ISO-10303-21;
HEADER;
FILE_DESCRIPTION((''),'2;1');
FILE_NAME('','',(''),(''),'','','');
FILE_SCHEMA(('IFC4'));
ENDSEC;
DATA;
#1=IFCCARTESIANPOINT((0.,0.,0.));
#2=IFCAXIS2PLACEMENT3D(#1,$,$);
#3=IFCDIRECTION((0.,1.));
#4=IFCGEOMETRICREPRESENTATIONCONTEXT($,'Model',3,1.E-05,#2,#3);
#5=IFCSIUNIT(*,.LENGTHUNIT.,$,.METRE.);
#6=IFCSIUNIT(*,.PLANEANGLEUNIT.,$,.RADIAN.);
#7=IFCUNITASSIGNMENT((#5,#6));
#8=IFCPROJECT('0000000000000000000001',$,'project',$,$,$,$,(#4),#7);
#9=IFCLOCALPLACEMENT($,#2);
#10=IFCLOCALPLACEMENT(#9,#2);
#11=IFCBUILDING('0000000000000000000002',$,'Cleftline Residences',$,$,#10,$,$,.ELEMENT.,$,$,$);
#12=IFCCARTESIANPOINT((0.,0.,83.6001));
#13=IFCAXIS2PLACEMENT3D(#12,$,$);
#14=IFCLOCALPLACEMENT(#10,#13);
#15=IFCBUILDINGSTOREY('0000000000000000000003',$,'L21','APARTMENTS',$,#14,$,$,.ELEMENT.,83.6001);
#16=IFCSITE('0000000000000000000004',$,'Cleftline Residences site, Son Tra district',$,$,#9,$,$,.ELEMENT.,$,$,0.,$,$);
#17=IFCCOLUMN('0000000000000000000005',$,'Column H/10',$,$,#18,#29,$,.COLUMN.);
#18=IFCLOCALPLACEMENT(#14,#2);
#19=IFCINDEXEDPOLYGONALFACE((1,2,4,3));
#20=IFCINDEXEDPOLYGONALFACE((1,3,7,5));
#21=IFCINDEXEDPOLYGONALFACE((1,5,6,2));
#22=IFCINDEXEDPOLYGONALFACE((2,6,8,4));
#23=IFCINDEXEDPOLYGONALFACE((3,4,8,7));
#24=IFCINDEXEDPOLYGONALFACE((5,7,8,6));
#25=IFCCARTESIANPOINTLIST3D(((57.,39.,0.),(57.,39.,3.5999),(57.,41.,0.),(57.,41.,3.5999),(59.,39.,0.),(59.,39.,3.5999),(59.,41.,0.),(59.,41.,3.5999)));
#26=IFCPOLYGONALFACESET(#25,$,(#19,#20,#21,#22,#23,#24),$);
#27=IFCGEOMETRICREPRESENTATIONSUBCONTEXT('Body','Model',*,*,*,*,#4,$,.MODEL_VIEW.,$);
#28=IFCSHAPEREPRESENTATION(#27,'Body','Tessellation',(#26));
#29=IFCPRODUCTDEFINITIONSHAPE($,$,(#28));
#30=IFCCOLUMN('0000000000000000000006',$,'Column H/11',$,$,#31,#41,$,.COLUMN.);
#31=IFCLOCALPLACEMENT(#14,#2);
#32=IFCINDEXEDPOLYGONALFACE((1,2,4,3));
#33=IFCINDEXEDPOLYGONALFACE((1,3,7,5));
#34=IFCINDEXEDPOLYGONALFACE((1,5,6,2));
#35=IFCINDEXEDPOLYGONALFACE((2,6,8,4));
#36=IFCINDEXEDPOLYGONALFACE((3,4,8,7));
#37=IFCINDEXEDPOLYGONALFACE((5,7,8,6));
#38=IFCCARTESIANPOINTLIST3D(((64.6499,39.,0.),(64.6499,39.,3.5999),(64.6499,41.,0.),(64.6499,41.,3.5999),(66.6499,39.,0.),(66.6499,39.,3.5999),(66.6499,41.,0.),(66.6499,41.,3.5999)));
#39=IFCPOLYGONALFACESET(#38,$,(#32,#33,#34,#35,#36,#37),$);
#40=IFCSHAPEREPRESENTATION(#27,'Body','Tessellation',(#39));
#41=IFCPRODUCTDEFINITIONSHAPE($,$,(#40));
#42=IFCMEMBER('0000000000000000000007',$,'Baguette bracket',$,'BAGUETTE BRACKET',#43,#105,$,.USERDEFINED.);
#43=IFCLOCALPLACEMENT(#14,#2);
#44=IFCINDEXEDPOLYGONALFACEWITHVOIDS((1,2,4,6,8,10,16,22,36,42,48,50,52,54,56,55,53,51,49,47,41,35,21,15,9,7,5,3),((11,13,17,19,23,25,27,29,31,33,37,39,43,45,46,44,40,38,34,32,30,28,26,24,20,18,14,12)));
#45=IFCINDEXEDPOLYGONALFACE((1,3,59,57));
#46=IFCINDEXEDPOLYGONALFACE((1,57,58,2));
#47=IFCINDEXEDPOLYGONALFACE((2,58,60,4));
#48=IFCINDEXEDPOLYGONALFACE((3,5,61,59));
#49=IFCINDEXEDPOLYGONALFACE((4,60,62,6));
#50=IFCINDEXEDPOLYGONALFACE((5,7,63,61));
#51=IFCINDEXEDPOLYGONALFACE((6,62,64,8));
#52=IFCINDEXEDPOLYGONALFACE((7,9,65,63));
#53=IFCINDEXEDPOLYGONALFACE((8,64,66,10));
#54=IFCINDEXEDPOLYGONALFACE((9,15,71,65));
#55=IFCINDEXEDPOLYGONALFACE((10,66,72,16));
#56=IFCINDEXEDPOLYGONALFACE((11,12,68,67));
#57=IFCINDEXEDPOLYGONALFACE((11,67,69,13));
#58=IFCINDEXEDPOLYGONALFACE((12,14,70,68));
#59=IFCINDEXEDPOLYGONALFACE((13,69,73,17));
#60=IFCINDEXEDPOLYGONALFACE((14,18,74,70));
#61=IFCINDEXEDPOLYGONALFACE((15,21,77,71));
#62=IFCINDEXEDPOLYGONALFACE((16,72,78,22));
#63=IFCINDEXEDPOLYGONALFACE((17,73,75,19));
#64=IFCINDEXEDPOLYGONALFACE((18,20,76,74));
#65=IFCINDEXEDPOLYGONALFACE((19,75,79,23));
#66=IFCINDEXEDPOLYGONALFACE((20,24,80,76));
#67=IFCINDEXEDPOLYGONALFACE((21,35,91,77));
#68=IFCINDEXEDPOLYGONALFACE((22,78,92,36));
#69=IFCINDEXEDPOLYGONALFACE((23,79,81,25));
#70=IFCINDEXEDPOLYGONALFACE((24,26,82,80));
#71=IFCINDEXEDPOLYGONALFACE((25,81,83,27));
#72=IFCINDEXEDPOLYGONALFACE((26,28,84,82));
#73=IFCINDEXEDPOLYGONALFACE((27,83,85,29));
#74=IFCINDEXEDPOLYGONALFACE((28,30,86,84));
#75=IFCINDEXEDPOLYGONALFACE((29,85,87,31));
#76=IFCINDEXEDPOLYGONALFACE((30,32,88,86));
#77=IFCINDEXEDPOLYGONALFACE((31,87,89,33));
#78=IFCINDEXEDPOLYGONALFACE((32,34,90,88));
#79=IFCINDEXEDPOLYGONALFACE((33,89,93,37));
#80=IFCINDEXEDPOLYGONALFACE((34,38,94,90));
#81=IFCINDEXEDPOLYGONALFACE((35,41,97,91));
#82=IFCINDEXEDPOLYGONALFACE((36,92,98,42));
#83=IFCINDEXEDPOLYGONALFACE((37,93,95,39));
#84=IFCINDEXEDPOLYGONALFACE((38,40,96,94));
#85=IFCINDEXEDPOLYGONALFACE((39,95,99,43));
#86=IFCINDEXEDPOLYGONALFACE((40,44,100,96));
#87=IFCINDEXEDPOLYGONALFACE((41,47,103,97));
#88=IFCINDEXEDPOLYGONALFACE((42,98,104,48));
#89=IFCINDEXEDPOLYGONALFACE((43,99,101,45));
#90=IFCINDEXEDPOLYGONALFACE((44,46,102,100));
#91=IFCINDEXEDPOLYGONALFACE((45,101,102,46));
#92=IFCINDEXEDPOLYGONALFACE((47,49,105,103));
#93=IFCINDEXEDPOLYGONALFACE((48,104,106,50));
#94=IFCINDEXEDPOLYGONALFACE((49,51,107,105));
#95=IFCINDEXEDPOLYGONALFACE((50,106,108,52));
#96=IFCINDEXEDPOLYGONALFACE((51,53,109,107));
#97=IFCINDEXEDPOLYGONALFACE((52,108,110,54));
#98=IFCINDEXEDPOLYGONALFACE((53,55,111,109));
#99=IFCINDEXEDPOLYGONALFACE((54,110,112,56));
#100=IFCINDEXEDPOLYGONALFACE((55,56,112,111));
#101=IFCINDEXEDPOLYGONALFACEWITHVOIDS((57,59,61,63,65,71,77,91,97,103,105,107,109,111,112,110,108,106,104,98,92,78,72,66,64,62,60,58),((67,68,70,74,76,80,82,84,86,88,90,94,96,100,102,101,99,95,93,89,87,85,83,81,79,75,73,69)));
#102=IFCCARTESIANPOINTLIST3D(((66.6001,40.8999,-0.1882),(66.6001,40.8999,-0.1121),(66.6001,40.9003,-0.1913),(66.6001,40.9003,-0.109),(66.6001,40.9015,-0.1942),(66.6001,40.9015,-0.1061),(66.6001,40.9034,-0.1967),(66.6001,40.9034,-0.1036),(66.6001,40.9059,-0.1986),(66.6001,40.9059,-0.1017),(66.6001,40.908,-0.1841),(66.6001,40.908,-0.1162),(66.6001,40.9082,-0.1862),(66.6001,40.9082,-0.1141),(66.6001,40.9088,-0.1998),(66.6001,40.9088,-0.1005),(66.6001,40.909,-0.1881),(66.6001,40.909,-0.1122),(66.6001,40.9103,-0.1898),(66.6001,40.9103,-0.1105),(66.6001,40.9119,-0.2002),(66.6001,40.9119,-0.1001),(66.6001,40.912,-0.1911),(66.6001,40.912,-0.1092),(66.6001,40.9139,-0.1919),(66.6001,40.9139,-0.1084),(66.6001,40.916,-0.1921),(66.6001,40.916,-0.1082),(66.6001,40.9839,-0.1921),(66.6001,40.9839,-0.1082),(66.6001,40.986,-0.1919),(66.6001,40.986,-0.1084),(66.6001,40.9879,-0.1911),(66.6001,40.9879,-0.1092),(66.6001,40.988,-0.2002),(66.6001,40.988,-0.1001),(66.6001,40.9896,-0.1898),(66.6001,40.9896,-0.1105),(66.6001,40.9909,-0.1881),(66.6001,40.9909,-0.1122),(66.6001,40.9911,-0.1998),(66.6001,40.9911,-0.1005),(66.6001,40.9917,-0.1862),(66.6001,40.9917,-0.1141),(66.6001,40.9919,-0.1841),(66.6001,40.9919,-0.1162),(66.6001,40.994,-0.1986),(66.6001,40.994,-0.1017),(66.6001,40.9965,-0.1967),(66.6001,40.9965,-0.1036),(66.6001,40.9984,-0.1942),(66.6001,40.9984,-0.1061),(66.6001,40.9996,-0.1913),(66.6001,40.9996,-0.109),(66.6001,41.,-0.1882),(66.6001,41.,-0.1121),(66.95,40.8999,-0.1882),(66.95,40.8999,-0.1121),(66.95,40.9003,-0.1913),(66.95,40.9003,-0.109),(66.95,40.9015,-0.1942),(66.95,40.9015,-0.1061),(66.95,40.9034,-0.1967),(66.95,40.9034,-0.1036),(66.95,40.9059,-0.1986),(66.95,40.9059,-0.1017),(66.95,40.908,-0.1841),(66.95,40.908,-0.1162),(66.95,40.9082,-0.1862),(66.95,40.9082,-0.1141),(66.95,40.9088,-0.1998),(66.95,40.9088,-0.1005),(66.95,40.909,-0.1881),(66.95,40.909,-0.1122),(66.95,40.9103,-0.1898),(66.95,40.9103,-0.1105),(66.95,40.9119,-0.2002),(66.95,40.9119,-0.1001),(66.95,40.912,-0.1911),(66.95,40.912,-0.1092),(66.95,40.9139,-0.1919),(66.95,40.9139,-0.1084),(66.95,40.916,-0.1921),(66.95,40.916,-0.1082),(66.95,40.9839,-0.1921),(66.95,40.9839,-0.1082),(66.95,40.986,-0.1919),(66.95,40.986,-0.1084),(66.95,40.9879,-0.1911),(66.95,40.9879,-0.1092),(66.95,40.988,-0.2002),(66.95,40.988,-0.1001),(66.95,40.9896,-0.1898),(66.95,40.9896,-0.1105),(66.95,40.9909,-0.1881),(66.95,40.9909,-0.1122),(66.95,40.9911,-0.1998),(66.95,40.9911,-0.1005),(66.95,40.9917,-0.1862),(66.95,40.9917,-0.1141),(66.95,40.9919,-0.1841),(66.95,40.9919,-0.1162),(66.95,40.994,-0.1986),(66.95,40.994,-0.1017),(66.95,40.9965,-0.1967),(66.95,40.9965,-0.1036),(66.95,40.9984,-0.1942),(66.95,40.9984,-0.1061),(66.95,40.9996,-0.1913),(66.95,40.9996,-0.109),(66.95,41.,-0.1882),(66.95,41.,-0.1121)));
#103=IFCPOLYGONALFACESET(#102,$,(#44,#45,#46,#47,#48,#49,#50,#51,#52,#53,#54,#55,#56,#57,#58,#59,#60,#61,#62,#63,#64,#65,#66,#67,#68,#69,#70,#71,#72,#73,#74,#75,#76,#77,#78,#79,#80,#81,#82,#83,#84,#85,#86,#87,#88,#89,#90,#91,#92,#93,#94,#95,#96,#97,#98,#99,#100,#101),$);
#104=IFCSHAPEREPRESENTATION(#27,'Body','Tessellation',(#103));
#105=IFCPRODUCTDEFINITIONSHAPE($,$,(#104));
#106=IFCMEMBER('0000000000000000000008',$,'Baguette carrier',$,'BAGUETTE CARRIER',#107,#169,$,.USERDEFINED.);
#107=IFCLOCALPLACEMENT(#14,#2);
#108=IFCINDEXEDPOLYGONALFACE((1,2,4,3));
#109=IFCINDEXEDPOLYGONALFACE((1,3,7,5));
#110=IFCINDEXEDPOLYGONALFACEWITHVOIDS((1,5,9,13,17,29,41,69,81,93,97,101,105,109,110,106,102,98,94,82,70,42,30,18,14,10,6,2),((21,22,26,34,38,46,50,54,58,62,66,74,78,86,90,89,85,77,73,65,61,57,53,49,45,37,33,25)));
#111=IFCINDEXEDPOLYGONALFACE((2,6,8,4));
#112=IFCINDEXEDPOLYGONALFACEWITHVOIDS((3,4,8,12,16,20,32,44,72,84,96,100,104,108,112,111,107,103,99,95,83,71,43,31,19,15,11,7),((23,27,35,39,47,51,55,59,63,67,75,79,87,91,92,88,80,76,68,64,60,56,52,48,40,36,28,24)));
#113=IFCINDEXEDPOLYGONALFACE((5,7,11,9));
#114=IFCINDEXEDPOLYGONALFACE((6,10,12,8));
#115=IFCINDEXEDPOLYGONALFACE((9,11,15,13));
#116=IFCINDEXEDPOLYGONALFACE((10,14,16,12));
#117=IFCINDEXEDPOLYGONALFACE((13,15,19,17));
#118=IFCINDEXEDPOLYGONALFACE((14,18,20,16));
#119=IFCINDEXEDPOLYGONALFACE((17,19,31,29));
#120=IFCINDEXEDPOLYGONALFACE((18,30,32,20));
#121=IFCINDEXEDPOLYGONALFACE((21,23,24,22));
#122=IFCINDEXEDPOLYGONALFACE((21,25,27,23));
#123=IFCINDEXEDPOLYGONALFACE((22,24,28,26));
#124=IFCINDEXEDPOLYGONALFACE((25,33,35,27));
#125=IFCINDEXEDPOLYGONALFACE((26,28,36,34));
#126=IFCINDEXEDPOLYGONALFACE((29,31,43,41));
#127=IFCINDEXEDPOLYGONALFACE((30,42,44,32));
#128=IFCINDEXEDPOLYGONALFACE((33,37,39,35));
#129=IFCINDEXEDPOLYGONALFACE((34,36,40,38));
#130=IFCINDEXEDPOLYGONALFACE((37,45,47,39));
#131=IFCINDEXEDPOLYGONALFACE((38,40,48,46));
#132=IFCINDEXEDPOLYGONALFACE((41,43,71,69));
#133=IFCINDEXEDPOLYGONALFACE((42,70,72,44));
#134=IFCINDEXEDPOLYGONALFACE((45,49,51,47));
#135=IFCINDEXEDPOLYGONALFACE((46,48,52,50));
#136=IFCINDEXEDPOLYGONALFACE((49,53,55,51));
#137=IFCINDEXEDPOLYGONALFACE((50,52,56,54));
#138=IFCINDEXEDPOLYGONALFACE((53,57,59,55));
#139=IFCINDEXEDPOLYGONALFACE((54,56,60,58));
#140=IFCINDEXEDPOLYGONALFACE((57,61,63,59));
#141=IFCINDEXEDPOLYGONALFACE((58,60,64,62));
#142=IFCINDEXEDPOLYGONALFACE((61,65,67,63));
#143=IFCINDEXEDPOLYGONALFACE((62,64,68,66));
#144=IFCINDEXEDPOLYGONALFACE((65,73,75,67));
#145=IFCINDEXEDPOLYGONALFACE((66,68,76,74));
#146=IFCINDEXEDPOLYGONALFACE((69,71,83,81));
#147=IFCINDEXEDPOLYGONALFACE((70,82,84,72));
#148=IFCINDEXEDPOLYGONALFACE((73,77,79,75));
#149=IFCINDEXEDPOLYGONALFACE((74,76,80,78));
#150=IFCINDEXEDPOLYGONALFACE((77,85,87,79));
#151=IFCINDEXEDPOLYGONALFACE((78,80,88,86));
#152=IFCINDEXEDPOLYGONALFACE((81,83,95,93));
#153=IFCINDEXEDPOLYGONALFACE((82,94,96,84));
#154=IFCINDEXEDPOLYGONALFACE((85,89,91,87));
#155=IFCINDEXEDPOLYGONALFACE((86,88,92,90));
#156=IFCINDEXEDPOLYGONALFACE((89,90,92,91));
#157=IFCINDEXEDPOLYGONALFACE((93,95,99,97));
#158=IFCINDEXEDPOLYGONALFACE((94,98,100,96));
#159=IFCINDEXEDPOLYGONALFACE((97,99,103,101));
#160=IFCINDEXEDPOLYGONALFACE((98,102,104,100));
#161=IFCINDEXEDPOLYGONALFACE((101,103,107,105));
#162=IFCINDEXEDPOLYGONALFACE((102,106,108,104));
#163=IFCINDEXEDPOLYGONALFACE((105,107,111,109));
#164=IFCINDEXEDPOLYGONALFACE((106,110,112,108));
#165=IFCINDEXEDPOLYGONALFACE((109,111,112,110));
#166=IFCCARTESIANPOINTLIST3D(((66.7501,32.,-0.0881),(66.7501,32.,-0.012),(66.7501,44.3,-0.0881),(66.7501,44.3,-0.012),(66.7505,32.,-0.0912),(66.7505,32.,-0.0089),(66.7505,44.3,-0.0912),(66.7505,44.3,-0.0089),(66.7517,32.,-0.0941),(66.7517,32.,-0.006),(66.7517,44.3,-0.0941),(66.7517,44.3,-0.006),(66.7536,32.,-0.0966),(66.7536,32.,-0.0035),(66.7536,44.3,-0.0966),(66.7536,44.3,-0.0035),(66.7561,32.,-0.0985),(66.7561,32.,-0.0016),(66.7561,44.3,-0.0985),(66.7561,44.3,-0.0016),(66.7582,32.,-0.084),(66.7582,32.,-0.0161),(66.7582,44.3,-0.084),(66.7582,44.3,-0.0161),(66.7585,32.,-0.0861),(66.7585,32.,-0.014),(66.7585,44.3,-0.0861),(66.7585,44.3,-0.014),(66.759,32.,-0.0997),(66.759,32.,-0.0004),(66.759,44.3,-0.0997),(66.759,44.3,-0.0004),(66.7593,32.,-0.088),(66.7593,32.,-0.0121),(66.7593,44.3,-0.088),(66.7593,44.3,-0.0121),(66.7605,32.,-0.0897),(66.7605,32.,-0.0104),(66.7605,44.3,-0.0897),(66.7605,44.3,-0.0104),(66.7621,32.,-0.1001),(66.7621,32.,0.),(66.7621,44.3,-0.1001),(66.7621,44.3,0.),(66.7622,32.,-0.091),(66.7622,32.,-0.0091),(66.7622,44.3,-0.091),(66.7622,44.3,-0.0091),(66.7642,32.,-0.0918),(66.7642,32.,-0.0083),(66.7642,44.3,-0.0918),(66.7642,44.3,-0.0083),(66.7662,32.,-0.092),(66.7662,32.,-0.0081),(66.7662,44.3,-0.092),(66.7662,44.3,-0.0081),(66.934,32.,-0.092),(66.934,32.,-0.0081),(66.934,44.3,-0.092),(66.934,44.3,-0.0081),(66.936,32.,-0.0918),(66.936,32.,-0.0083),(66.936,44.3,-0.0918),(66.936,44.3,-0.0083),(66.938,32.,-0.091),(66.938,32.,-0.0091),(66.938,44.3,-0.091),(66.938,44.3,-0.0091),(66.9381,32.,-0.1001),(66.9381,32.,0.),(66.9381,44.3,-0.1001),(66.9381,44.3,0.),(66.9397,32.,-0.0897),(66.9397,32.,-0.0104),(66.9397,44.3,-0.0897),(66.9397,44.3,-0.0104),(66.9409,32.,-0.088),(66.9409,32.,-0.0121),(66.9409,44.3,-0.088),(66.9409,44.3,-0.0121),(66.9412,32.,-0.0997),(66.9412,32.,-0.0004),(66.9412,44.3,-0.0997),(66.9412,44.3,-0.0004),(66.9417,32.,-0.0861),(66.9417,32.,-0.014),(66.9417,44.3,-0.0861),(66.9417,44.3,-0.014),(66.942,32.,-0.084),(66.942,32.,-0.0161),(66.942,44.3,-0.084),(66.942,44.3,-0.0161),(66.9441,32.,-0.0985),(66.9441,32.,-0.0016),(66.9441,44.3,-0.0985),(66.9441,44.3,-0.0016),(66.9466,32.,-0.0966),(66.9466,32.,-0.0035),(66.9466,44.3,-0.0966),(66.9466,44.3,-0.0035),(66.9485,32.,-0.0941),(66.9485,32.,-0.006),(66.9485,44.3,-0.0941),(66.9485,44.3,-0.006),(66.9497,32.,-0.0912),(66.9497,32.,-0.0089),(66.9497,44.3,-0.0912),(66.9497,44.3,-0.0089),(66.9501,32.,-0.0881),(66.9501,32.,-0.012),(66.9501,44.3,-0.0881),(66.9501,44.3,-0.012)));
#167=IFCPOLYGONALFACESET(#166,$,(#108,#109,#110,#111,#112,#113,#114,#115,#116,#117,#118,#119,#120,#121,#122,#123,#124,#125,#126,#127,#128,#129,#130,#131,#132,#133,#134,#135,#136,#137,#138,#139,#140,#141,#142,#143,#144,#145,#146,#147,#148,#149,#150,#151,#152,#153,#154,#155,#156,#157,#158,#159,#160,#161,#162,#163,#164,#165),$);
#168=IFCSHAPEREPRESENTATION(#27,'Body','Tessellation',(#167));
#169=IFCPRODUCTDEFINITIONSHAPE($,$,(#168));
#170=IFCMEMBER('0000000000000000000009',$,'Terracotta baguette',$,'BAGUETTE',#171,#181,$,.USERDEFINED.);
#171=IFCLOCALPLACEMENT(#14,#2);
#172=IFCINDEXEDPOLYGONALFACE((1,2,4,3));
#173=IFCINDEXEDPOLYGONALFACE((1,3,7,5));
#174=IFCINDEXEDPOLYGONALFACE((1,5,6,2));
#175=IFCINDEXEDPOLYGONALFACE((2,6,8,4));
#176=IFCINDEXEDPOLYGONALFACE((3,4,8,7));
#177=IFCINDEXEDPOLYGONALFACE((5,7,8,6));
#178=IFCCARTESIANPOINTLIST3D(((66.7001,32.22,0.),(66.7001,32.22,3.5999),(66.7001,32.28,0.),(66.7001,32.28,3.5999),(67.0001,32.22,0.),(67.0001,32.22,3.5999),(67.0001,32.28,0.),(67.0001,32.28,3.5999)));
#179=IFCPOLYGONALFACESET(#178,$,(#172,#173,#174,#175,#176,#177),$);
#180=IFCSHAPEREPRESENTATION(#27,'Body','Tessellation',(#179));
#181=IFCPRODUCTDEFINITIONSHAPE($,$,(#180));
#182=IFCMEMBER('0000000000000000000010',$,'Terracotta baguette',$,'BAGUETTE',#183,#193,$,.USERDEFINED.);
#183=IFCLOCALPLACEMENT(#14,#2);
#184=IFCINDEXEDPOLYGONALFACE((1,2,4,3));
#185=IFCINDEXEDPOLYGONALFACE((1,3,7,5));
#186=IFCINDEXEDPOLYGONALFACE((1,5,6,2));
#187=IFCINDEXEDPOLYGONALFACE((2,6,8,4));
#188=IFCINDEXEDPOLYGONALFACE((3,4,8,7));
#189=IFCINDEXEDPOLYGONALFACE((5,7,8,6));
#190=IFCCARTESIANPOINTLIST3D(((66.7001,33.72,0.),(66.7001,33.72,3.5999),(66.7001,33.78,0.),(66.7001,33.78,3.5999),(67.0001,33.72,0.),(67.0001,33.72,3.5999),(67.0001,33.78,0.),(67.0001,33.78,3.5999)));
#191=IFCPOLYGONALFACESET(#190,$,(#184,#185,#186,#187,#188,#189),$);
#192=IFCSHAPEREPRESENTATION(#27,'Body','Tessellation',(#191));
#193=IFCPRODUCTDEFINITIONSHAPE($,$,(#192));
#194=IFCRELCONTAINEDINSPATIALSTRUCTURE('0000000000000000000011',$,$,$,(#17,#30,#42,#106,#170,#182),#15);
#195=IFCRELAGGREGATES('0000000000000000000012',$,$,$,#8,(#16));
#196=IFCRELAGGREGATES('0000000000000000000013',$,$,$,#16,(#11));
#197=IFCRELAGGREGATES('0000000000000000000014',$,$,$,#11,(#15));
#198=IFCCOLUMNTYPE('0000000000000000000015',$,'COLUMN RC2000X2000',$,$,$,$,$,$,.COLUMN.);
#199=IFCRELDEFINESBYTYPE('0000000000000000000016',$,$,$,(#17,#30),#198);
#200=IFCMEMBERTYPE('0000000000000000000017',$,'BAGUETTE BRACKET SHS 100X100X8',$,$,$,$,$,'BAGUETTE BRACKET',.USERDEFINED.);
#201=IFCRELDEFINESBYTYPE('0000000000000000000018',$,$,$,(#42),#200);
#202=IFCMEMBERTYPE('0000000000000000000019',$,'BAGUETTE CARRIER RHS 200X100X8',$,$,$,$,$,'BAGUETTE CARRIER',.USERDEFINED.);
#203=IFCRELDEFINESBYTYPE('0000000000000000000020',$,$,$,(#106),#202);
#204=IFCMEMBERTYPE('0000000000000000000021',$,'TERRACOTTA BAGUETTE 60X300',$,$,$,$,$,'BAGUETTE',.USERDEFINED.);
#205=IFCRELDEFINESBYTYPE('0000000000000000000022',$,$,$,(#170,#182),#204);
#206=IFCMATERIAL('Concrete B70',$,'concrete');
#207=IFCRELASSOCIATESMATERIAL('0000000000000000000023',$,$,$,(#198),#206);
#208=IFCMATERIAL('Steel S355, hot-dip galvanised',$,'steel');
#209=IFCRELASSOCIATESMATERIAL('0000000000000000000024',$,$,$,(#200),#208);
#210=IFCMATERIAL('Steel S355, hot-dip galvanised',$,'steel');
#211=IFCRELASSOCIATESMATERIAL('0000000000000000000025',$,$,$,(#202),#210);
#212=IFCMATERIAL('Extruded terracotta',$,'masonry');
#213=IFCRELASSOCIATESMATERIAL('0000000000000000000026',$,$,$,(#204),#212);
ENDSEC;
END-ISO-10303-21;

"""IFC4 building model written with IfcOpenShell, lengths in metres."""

from ifc_helpers import new_model, si_unit, direction, frame, origin, origin_2d, place, context, subcontext, project, spatial, rectangle, hollow_rectangle, extrude, material, material_profile, profile_set, type_object, element, save


model = new_model("IFC4")

# Units and contexts
model_context = context("Model", 3, precision=1e-05, world=origin(), true_north=direction((0.0, 1.0)))
body_context = subcontext(model_context, "Body", "Model", "MODEL_VIEW")
ifc_project = project(units=[si_unit("LENGTHUNIT", "METRE"), si_unit("PLANEANGLEUNIT", "RADIAN")], contexts=[model_context])

# Site, building, storey
site_placement = place(None, origin())
site = spatial("IfcSite", under=ifc_project, at=site_placement, Name="Cleftline Residences site, Son Tra district", CompositionType="ELEMENT", RefElevation=0.0)
building_placement = place(site_placement, origin())
building = spatial("IfcBuilding", under=site, at=building_placement, Name="Cleftline Residences", CompositionType="ELEMENT")
storey_placement = place(building_placement, frame((0.0, 0.0, 83.6001)))
storey = spatial("IfcBuildingStorey", under=building, at=storey_placement, Name="L21", Description="APARTMENTS", CompositionType="ELEMENT", Elevation=83.6001)

# Columns
ifc_material_1 = material(Name="Concrete B70", Category="concrete")
ifc_material_profile_1 = material_profile(ifc_material_1, rectangle(XDim=2.0, YDim=2.0, at=origin_2d()))
ifc_profile_set_1 = profile_set([ifc_material_profile_1], Name="Concrete B70")
column_type = type_object("IfcColumnType", Name="COLUMN RC2000X2000", PredefinedType="COLUMN", material=ifc_profile_set_1)
for number, where, z_axis, x_axis, name in (
    (1, (58.0, 40.0, 0.0), (0.0, 0.0, 1.0), (1.0, 0.0, 0.0), "Column H/10"),
    (2, (65.6499, 40.0, 0.0), (0.0, 0.0, 1.0), (1.0, 0.0, 0.0), "Column H/11"),
):
    element("IfcColumn", number, at=place(storey_placement, frame(where, z_axis=z_axis, x_axis=x_axis)), inside=storey, type_object=column_type, Name=name, PredefinedType="COLUMN", context=body_context, shape_type="SweptSolid", body=[
        extrude(rectangle(XDim=2.0, YDim=2.0, at=origin_2d()), origin(), (0.0, 0.0, 1.0), 3.5999),
    ])

# Members
ifc_material_2 = material(Name="Steel S355, hot-dip galvanised", Category="steel")
ifc_material_profile_2 = material_profile(ifc_material_2, hollow_rectangle(XDim=0.1001, YDim=0.1001, WallThickness=0.0081, InnerFilletRadius=0.0081, OuterFilletRadius=0.012, at=origin_2d()))
ifc_profile_set_2 = profile_set([ifc_material_profile_2], Name="Steel S355, hot-dip galvanised")
member_type_1 = type_object("IfcMemberType", Name="BAGUETTE BRACKET SHS 100X100X8", ElementType="BAGUETTE BRACKET", PredefinedType="USERDEFINED", material=ifc_profile_set_2)
member_1_placement = place(storey_placement, frame((66.6001, 40.95, -0.1501), z_axis=(1.0, 0.0, 0.0), x_axis=(0.0, 1.0, 0.0)))
element("IfcMember", 3, at=member_1_placement, inside=storey, type_object=member_type_1, Name="Baguette bracket", ObjectType="BAGUETTE BRACKET", PredefinedType="USERDEFINED", context=body_context, shape_type="SweptSolid", body=[
    extrude(hollow_rectangle(XDim=0.1001, YDim=0.1001, WallThickness=0.0081, InnerFilletRadius=0.0081, OuterFilletRadius=0.012, at=origin_2d()), origin(), (0.0, 0.0, 1.0), 0.3499),
])
ifc_material_3 = material(Name="Steel S355, hot-dip galvanised", Category="steel")
ifc_material_profile_3 = material_profile(ifc_material_3, hollow_rectangle(XDim=0.1001, YDim=0.2, WallThickness=0.0081, InnerFilletRadius=0.0081, OuterFilletRadius=0.012, at=origin_2d()))
ifc_profile_set_3 = profile_set([ifc_material_profile_3], Name="Steel S355, hot-dip galvanised")
member_type_2 = type_object("IfcMemberType", Name="BAGUETTE CARRIER RHS 200X100X8", ElementType="BAGUETTE CARRIER", PredefinedType="USERDEFINED", material=ifc_profile_set_3)
member_2_placement = place(storey_placement, frame((66.8501, 32.0, -0.05), z_axis=(0.0, 1.0, 0.0), x_axis=(0.0, 0.0, 1.0)))
element("IfcMember", 4, at=member_2_placement, inside=storey, type_object=member_type_2, Name="Baguette carrier", ObjectType="BAGUETTE CARRIER", PredefinedType="USERDEFINED", context=body_context, shape_type="SweptSolid", body=[
    extrude(hollow_rectangle(XDim=0.1001, YDim=0.2, WallThickness=0.0081, InnerFilletRadius=0.0081, OuterFilletRadius=0.012, at=origin_2d()), origin(), (0.0, 0.0, 1.0), 12.3),
])
ifc_material_4 = material(Name="Extruded terracotta", Category="masonry")
ifc_material_profile_4 = material_profile(ifc_material_4, rectangle(XDim=0.0601, YDim=0.3, at=origin_2d()))
ifc_profile_set_4 = profile_set([ifc_material_profile_4], Name="Extruded terracotta")
member_type_3 = type_object("IfcMemberType", Name="TERRACOTTA BAGUETTE 60X300", ElementType="BAGUETTE", PredefinedType="USERDEFINED", material=ifc_profile_set_4)
for number, where, z_axis, x_axis, name in (
    (5, (66.8501, 32.25, 0.0), (0.0, 0.0, 1.0), (0.0, 1.0, 0.0), "Terracotta baguette"),
    (6, (66.8501, 33.75, 0.0), (0.0, 0.0, 1.0), (0.0, 1.0, 0.0), "Terracotta baguette"),
):
    element("IfcMember", number, at=place(storey_placement, frame(where, z_axis=z_axis, x_axis=x_axis)), inside=storey, type_object=member_type_3, Name=name, ObjectType="BAGUETTE", PredefinedType="USERDEFINED", context=body_context, shape_type="SweptSolid", body=[
        extrude(rectangle(XDim=0.0601, YDim=0.3, at=origin_2d()), origin(), (0.0, 0.0, 1.0), 3.5999),
    ])

save(model, "model.ifc")
